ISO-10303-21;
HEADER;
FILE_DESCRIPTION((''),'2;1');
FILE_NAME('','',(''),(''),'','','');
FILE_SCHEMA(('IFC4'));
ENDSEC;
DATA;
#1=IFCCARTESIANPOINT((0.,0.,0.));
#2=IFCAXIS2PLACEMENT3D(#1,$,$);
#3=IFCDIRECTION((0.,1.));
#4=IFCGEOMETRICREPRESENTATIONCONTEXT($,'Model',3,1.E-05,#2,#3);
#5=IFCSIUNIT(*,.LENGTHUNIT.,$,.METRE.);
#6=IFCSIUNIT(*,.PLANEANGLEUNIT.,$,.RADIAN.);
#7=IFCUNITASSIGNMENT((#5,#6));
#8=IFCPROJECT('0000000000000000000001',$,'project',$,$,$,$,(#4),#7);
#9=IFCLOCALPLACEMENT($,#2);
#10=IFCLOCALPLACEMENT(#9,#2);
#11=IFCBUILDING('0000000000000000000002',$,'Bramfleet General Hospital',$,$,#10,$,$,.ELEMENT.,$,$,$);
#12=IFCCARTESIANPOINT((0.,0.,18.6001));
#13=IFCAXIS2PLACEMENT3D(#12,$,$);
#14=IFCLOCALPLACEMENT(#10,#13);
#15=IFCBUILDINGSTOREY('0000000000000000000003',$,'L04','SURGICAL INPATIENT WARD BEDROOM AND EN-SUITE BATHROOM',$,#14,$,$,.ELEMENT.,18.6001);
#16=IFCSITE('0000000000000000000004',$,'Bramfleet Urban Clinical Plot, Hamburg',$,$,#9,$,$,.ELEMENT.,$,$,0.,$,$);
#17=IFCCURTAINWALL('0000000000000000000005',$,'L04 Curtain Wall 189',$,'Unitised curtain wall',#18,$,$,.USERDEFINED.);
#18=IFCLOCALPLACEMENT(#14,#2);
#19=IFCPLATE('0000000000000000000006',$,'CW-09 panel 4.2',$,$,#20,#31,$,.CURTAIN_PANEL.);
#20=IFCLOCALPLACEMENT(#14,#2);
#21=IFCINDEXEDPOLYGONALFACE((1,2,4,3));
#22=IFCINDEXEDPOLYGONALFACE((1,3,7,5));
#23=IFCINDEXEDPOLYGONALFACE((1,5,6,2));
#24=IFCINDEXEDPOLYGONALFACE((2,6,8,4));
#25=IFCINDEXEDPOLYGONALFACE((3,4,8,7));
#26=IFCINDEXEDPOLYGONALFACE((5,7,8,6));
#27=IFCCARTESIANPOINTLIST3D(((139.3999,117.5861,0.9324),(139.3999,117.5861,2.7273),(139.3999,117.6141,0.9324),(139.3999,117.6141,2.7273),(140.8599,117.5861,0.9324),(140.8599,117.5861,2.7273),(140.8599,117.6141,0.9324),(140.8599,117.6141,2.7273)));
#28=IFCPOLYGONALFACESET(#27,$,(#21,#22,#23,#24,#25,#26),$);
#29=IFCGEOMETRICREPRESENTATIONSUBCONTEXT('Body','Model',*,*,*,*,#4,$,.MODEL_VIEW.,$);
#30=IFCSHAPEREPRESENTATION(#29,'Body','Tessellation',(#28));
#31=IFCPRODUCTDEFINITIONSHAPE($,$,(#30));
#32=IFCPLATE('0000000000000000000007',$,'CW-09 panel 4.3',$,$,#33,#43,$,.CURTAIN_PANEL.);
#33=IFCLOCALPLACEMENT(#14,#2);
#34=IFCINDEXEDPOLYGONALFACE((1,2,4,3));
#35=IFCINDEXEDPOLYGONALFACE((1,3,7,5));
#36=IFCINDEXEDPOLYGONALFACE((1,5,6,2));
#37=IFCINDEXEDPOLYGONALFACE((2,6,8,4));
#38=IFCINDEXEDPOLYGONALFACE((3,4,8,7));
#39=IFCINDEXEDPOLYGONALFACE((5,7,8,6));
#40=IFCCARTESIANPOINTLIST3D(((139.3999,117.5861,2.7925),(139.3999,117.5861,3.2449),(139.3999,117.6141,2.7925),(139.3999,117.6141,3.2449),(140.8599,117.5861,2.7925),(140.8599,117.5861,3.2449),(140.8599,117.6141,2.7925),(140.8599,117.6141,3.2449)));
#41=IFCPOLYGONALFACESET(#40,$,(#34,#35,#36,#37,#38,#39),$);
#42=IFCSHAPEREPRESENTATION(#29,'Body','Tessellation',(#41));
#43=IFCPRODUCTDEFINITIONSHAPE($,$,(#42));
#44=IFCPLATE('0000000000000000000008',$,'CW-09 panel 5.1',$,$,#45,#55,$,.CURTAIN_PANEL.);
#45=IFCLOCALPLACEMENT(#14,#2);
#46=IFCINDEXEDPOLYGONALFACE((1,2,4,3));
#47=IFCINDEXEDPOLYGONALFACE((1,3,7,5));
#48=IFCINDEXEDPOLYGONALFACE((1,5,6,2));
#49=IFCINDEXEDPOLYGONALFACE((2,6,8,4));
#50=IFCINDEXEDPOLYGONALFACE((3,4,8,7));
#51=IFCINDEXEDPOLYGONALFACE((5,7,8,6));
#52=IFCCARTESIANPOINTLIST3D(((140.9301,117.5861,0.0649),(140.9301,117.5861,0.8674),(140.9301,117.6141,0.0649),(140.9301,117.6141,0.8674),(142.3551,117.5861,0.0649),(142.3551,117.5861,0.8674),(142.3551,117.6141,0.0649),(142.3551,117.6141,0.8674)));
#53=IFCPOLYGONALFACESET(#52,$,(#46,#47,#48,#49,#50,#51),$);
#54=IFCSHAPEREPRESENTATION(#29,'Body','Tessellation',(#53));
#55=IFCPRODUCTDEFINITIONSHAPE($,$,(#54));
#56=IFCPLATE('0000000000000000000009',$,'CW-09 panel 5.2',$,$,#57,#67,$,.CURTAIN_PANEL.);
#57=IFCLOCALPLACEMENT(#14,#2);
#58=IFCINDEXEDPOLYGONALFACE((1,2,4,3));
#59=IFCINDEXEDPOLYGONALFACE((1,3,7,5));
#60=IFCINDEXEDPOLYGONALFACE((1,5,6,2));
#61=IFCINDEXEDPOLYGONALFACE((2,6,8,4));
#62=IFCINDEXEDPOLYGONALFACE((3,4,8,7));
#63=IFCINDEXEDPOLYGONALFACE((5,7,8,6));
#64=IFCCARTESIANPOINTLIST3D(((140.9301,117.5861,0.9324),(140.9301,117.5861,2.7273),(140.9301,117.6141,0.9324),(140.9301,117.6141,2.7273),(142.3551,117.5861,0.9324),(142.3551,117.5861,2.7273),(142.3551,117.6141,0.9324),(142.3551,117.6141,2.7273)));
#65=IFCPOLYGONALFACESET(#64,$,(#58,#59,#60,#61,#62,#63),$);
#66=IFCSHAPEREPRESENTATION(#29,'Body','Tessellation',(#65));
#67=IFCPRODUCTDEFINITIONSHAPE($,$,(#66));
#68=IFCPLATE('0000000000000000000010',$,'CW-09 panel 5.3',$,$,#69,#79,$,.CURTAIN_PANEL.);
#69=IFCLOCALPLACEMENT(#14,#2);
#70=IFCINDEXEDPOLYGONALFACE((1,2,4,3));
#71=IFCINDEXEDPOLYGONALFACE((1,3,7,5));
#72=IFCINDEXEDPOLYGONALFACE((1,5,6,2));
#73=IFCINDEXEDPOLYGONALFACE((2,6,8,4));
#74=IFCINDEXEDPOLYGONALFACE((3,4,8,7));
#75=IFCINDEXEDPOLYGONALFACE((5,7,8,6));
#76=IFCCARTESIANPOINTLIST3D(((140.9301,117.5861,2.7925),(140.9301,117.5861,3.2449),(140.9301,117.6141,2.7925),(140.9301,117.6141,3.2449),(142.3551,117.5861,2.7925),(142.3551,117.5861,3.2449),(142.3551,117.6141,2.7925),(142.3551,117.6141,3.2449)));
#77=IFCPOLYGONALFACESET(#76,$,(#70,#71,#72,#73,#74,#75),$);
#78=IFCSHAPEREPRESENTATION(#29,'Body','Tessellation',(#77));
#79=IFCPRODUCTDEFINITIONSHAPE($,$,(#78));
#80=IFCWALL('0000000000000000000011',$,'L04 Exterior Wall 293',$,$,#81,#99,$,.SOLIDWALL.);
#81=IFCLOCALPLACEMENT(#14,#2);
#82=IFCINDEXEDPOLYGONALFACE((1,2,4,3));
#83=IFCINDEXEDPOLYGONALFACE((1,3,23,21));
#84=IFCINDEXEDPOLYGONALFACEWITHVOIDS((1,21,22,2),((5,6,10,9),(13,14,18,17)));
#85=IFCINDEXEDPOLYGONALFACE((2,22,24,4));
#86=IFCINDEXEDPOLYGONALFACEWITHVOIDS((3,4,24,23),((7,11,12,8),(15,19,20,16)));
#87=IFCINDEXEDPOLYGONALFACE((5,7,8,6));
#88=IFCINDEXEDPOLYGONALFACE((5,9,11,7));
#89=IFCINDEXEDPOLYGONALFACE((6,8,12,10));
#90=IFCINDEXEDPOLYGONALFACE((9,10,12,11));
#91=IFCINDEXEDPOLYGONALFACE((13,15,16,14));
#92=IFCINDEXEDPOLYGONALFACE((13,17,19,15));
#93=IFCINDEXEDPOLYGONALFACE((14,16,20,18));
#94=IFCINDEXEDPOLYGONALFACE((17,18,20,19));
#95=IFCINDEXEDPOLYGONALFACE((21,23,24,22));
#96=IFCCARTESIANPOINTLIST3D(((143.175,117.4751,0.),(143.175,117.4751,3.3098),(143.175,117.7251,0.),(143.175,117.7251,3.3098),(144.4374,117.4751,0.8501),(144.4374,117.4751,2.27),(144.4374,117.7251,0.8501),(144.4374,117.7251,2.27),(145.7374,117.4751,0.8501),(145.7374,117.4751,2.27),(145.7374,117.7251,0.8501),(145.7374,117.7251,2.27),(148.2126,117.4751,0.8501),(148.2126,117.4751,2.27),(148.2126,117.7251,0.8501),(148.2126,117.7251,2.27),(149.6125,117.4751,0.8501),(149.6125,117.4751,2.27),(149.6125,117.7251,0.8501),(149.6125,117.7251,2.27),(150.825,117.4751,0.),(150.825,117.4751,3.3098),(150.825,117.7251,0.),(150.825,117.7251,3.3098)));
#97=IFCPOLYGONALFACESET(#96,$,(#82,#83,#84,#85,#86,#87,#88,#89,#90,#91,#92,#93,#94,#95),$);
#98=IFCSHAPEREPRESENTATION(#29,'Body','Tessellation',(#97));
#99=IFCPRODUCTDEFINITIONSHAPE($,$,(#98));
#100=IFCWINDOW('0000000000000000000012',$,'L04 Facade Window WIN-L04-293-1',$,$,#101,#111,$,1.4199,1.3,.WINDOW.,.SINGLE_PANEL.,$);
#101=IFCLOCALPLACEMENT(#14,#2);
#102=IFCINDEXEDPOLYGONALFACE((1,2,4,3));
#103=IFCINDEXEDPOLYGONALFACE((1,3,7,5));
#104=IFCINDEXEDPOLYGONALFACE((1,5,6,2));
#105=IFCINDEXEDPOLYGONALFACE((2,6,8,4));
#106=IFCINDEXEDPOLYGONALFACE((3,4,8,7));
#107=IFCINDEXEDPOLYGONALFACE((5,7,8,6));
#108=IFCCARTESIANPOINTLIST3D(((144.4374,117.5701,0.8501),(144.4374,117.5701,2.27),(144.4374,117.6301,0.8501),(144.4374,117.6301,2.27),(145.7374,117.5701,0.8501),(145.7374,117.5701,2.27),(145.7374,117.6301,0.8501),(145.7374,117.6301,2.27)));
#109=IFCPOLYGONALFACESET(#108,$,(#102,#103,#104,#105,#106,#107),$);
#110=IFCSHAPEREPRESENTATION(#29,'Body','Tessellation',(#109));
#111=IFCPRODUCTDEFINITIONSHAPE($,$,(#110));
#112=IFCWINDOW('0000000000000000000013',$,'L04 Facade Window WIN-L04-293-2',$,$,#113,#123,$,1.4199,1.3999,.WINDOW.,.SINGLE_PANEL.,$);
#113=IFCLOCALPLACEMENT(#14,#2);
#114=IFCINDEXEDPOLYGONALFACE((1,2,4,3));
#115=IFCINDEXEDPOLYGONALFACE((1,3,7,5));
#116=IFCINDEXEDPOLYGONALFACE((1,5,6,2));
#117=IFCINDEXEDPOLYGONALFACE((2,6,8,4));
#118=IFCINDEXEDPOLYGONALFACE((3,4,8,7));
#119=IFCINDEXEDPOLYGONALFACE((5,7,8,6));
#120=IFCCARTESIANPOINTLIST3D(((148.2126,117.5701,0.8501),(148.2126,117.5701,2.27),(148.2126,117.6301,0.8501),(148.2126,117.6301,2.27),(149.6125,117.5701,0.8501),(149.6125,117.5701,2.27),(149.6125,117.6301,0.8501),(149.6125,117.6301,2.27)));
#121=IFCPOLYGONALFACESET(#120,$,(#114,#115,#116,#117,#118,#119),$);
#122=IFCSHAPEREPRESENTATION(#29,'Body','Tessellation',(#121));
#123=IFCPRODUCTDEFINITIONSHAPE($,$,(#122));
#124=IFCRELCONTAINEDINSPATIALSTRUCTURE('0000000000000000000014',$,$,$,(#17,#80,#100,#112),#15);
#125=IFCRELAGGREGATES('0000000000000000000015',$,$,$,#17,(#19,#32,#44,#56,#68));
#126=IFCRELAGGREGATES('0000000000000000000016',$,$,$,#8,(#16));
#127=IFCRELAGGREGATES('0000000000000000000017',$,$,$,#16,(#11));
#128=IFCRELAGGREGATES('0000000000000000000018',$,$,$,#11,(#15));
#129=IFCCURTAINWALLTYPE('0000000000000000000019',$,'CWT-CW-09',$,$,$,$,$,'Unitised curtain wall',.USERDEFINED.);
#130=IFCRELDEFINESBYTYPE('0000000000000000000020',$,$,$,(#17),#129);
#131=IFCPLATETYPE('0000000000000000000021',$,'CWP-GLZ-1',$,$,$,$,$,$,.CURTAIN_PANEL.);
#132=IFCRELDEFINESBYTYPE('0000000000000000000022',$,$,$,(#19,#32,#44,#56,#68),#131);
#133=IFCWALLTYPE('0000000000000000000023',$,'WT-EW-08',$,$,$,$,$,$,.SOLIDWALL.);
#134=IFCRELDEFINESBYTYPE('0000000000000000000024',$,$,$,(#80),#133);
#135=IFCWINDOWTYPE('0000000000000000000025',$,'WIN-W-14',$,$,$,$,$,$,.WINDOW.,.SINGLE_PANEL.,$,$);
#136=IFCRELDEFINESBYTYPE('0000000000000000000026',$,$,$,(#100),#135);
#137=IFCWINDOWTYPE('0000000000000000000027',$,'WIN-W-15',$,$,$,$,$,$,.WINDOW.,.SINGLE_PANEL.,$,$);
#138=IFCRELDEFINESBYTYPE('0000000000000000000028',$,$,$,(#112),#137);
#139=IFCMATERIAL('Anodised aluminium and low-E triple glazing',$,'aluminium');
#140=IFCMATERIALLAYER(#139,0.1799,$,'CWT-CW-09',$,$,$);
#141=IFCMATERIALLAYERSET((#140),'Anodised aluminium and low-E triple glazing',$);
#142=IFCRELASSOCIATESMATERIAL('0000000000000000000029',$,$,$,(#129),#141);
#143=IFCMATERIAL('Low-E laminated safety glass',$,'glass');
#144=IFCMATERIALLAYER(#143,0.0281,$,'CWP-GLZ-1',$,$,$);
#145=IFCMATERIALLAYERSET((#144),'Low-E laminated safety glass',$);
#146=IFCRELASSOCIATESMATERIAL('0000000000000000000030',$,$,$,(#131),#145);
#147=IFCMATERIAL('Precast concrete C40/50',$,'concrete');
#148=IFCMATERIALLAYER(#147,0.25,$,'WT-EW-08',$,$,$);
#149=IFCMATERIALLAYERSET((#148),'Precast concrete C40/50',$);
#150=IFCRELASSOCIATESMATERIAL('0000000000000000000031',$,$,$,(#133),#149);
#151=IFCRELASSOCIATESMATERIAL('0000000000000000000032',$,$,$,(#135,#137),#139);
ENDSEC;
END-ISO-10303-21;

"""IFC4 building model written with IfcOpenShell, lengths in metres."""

from ifc_helpers import new_model, si_unit, direction, frame, frame_2d, origin, origin_2d, place, context, subcontext, project, spatial, rectangle, extrude, material, layer, layer_set, type_object, element, fill, aggregate, save


model = new_model("IFC4")

# Units and contexts
model_context = context("Model", 3, precision=1e-05, world=origin(), true_north=direction((0.0, 1.0)))
body_context = subcontext(model_context, "Body", "Model", "MODEL_VIEW")
ifc_project = project(units=[si_unit("LENGTHUNIT", "METRE"), si_unit("PLANEANGLEUNIT", "RADIAN")], contexts=[model_context])

# Site, building, storey
site_placement = place(None, origin())
site = spatial("IfcSite", under=ifc_project, at=site_placement, Name="Bramfleet Urban Clinical Plot, Hamburg", CompositionType="ELEMENT", RefElevation=0.0)
building_placement = place(site_placement, origin())
building = spatial("IfcBuilding", under=site, at=building_placement, Name="Bramfleet General Hospital", CompositionType="ELEMENT")
storey_placement = place(building_placement, frame((0.0, 0.0, 18.6001)))
storey = spatial("IfcBuildingStorey", under=building, at=storey_placement, Name="L04", Description="SURGICAL INPATIENT WARD BEDROOM AND EN-SUITE BATHROOM", CompositionType="ELEMENT", Elevation=18.6001)

# Curtain wall, plates
ifc_material_1 = material(Name="Anodised aluminium and low-E triple glazing", Category="aluminium")
ifc_layer_1 = layer(ifc_material_1, 0.1799, Name="CWT-CW-09")
ifc_layer_set_1 = layer_set([ifc_layer_1], Name="Anodised aluminium and low-E triple glazing")
curtain_wall_type = type_object("IfcCurtainWallType", Name="CWT-CW-09", ElementType="Unitised curtain wall", PredefinedType="USERDEFINED", material=ifc_layer_set_1)
curtain_wall_placement = place(storey_placement, origin())
curtain_wall = element("IfcCurtainWall", 1, at=curtain_wall_placement, inside=storey, type_object=curtain_wall_type, Name="L04 Curtain Wall 189", ObjectType="Unitised curtain wall", PredefinedType="USERDEFINED")
ifc_material_2 = material(Name="Low-E laminated safety glass", Category="glass")
ifc_layer_2 = layer(ifc_material_2, 0.0281, Name="CWP-GLZ-1")
ifc_layer_set_2 = layer_set([ifc_layer_2], Name="Low-E laminated safety glass")
plate_type = type_object("IfcPlateType", Name="CWP-GLZ-1", PredefinedType="CURTAIN_PANEL", material=ifc_layer_set_2)
plate_1_placement = place(storey_placement, frame((140.1299, 117.6001, 0.9324), z_axis=(0.0, 0.0, 1.0), x_axis=(1.0, 0.0, 0.0)))
plate_1 = element("IfcPlate", 2, at=plate_1_placement, type_object=plate_type, Name="CW-09 panel 4.2", PredefinedType="CURTAIN_PANEL", context=body_context, shape_type="SweptSolid", body=[
    extrude(rectangle(XDim=1.46, YDim=0.0281, at=origin_2d()), origin(), (0.0, 0.0, 1.0), 1.7949),
])
plate_2_placement = place(storey_placement, frame((140.1299, 117.6001, 2.7925), z_axis=(0.0, 0.0, 1.0), x_axis=(1.0, 0.0, 0.0)))
plate_2 = element("IfcPlate", 3, at=plate_2_placement, type_object=plate_type, Name="CW-09 panel 4.3", PredefinedType="CURTAIN_PANEL", context=body_context, shape_type="SweptSolid", body=[
    extrude(rectangle(XDim=1.46, YDim=0.0281, at=origin_2d()), origin(), (0.0, 0.0, 1.0), 0.4524),
])
plate_3_placement = place(storey_placement, frame((141.6426, 117.6001, 0.0649), z_axis=(0.0, 0.0, 1.0), x_axis=(1.0, 0.0, 0.0)))
plate_3 = element("IfcPlate", 4, at=plate_3_placement, type_object=plate_type, Name="CW-09 panel 5.1", PredefinedType="CURTAIN_PANEL", context=body_context, shape_type="SweptSolid", body=[
    extrude(rectangle(XDim=1.425, YDim=0.0281, at=origin_2d()), origin(), (0.0, 0.0, 1.0), 0.8025),
])
plate_4_placement = place(storey_placement, frame((141.6426, 117.6001, 0.9324), z_axis=(0.0, 0.0, 1.0), x_axis=(1.0, 0.0, 0.0)))
plate_4 = element("IfcPlate", 5, at=plate_4_placement, type_object=plate_type, Name="CW-09 panel 5.2", PredefinedType="CURTAIN_PANEL", context=body_context, shape_type="SweptSolid", body=[
    extrude(rectangle(XDim=1.425, YDim=0.0281, at=origin_2d()), origin(), (0.0, 0.0, 1.0), 1.7949),
])
plate_5_placement = place(storey_placement, frame((141.6426, 117.6001, 2.7925), z_axis=(0.0, 0.0, 1.0), x_axis=(1.0, 0.0, 0.0)))
plate_5 = element("IfcPlate", 6, at=plate_5_placement, type_object=plate_type, Name="CW-09 panel 5.3", PredefinedType="CURTAIN_PANEL", context=body_context, shape_type="SweptSolid", body=[
    extrude(rectangle(XDim=1.425, YDim=0.0281, at=origin_2d()), origin(), (0.0, 0.0, 1.0), 0.4524),
])
aggregate(curtain_wall, [plate_1, plate_2, plate_3, plate_4, plate_5])

# Wall, openings, windows
ifc_material_3 = material(Name="Precast concrete C40/50", Category="concrete")
ifc_layer_3 = layer(ifc_material_3, 0.25, Name="WT-EW-08")
ifc_layer_set_3 = layer_set([ifc_layer_3], Name="Precast concrete C40/50")
wall_type = type_object("IfcWallType", Name="WT-EW-08", PredefinedType="SOLIDWALL", material=ifc_layer_set_3)
wall_placement = place(storey_placement, frame((143.175, 117.6001, 0.0), z_axis=(0.0, 0.0, 1.0), x_axis=(1.0, 0.0, 0.0)))
wall = element("IfcWall", 7, at=wall_placement, inside=storey, type_object=wall_type, Name="L04 Exterior Wall 293", PredefinedType="SOLIDWALL", context=body_context, shape_type="SweptSolid", body=[
    extrude(rectangle(XDim=7.6499, YDim=0.25, at=frame_2d((3.825, 0.0))), origin(), (0.0, 0.0, 1.0), 3.3098),
])
opening_1_placement = place(wall_placement, frame((1.2625, 0.0, 0.8501)))
opening_1 = element("IfcOpeningElement", 8, at=opening_1_placement, cuts=wall, PredefinedType="OPENING", context=body_context, shape_type="SweptSolid", body=[
    extrude(rectangle(XDim=1.3, YDim=1.4199, at=frame_2d((0.6499, 0.71))), frame((0.0, 0.135, 0.0), z_axis=(0.0, -1.0, 0.0), x_axis=(1.0, 0.0, 0.0)), (0.0, 0.0, 1.0), 0.27),
])
opening_2_placement = place(wall_placement, frame((5.0376, 0.0, 0.8501)))
opening_2 = element("IfcOpeningElement", 9, at=opening_2_placement, cuts=wall, PredefinedType="OPENING", context=body_context, shape_type="SweptSolid", body=[
    extrude(rectangle(XDim=1.3999, YDim=1.4199, at=frame_2d((0.7, 0.71))), frame((0.0, 0.135, 0.0), z_axis=(0.0, -1.0, 0.0), x_axis=(1.0, 0.0, 0.0)), (0.0, 0.0, 1.0), 0.27),
])
window_type_1 = type_object("IfcWindowType", Name="WIN-W-14", PartitioningType="SINGLE_PANEL", PredefinedType="WINDOW", material=ifc_material_1)
window_1_placement = place(opening_1_placement, origin())
window_1 = element("IfcWindow", 10, at=window_1_placement, inside=storey, type_object=window_type_1, Name="L04 Facade Window WIN-L04-293-1", OverallHeight=1.4199, OverallWidth=1.3, PartitioningType="SINGLE_PANEL", PredefinedType="WINDOW", context=body_context, shape_type="SweptSolid", body=[
    extrude(rectangle(XDim=1.3, YDim=1.4199, at=frame_2d((0.6499, 0.71))), frame((0.0, 0.03, 0.0), z_axis=(0.0, -1.0, 0.0), x_axis=(1.0, 0.0, 0.0)), (0.0, 0.0, 1.0), 0.0601),
])
fill(opening_1, window_1)
window_type_2 = type_object("IfcWindowType", Name="WIN-W-15", PartitioningType="SINGLE_PANEL", PredefinedType="WINDOW", material=ifc_material_1)
window_2_placement = place(opening_2_placement, origin())
window_2 = element("IfcWindow", 11, at=window_2_placement, inside=storey, type_object=window_type_2, Name="L04 Facade Window WIN-L04-293-2", OverallHeight=1.4199, OverallWidth=1.3999, PartitioningType="SINGLE_PANEL", PredefinedType="WINDOW", context=body_context, shape_type="SweptSolid", body=[
    extrude(rectangle(XDim=1.3999, YDim=1.4199, at=frame_2d((0.7, 0.71))), frame((0.0, 0.03, 0.0), z_axis=(0.0, -1.0, 0.0), x_axis=(1.0, 0.0, 0.0)), (0.0, 0.0, 1.0), 0.0601),
])
fill(opening_2, window_2)

save(model, "model.ifc")
